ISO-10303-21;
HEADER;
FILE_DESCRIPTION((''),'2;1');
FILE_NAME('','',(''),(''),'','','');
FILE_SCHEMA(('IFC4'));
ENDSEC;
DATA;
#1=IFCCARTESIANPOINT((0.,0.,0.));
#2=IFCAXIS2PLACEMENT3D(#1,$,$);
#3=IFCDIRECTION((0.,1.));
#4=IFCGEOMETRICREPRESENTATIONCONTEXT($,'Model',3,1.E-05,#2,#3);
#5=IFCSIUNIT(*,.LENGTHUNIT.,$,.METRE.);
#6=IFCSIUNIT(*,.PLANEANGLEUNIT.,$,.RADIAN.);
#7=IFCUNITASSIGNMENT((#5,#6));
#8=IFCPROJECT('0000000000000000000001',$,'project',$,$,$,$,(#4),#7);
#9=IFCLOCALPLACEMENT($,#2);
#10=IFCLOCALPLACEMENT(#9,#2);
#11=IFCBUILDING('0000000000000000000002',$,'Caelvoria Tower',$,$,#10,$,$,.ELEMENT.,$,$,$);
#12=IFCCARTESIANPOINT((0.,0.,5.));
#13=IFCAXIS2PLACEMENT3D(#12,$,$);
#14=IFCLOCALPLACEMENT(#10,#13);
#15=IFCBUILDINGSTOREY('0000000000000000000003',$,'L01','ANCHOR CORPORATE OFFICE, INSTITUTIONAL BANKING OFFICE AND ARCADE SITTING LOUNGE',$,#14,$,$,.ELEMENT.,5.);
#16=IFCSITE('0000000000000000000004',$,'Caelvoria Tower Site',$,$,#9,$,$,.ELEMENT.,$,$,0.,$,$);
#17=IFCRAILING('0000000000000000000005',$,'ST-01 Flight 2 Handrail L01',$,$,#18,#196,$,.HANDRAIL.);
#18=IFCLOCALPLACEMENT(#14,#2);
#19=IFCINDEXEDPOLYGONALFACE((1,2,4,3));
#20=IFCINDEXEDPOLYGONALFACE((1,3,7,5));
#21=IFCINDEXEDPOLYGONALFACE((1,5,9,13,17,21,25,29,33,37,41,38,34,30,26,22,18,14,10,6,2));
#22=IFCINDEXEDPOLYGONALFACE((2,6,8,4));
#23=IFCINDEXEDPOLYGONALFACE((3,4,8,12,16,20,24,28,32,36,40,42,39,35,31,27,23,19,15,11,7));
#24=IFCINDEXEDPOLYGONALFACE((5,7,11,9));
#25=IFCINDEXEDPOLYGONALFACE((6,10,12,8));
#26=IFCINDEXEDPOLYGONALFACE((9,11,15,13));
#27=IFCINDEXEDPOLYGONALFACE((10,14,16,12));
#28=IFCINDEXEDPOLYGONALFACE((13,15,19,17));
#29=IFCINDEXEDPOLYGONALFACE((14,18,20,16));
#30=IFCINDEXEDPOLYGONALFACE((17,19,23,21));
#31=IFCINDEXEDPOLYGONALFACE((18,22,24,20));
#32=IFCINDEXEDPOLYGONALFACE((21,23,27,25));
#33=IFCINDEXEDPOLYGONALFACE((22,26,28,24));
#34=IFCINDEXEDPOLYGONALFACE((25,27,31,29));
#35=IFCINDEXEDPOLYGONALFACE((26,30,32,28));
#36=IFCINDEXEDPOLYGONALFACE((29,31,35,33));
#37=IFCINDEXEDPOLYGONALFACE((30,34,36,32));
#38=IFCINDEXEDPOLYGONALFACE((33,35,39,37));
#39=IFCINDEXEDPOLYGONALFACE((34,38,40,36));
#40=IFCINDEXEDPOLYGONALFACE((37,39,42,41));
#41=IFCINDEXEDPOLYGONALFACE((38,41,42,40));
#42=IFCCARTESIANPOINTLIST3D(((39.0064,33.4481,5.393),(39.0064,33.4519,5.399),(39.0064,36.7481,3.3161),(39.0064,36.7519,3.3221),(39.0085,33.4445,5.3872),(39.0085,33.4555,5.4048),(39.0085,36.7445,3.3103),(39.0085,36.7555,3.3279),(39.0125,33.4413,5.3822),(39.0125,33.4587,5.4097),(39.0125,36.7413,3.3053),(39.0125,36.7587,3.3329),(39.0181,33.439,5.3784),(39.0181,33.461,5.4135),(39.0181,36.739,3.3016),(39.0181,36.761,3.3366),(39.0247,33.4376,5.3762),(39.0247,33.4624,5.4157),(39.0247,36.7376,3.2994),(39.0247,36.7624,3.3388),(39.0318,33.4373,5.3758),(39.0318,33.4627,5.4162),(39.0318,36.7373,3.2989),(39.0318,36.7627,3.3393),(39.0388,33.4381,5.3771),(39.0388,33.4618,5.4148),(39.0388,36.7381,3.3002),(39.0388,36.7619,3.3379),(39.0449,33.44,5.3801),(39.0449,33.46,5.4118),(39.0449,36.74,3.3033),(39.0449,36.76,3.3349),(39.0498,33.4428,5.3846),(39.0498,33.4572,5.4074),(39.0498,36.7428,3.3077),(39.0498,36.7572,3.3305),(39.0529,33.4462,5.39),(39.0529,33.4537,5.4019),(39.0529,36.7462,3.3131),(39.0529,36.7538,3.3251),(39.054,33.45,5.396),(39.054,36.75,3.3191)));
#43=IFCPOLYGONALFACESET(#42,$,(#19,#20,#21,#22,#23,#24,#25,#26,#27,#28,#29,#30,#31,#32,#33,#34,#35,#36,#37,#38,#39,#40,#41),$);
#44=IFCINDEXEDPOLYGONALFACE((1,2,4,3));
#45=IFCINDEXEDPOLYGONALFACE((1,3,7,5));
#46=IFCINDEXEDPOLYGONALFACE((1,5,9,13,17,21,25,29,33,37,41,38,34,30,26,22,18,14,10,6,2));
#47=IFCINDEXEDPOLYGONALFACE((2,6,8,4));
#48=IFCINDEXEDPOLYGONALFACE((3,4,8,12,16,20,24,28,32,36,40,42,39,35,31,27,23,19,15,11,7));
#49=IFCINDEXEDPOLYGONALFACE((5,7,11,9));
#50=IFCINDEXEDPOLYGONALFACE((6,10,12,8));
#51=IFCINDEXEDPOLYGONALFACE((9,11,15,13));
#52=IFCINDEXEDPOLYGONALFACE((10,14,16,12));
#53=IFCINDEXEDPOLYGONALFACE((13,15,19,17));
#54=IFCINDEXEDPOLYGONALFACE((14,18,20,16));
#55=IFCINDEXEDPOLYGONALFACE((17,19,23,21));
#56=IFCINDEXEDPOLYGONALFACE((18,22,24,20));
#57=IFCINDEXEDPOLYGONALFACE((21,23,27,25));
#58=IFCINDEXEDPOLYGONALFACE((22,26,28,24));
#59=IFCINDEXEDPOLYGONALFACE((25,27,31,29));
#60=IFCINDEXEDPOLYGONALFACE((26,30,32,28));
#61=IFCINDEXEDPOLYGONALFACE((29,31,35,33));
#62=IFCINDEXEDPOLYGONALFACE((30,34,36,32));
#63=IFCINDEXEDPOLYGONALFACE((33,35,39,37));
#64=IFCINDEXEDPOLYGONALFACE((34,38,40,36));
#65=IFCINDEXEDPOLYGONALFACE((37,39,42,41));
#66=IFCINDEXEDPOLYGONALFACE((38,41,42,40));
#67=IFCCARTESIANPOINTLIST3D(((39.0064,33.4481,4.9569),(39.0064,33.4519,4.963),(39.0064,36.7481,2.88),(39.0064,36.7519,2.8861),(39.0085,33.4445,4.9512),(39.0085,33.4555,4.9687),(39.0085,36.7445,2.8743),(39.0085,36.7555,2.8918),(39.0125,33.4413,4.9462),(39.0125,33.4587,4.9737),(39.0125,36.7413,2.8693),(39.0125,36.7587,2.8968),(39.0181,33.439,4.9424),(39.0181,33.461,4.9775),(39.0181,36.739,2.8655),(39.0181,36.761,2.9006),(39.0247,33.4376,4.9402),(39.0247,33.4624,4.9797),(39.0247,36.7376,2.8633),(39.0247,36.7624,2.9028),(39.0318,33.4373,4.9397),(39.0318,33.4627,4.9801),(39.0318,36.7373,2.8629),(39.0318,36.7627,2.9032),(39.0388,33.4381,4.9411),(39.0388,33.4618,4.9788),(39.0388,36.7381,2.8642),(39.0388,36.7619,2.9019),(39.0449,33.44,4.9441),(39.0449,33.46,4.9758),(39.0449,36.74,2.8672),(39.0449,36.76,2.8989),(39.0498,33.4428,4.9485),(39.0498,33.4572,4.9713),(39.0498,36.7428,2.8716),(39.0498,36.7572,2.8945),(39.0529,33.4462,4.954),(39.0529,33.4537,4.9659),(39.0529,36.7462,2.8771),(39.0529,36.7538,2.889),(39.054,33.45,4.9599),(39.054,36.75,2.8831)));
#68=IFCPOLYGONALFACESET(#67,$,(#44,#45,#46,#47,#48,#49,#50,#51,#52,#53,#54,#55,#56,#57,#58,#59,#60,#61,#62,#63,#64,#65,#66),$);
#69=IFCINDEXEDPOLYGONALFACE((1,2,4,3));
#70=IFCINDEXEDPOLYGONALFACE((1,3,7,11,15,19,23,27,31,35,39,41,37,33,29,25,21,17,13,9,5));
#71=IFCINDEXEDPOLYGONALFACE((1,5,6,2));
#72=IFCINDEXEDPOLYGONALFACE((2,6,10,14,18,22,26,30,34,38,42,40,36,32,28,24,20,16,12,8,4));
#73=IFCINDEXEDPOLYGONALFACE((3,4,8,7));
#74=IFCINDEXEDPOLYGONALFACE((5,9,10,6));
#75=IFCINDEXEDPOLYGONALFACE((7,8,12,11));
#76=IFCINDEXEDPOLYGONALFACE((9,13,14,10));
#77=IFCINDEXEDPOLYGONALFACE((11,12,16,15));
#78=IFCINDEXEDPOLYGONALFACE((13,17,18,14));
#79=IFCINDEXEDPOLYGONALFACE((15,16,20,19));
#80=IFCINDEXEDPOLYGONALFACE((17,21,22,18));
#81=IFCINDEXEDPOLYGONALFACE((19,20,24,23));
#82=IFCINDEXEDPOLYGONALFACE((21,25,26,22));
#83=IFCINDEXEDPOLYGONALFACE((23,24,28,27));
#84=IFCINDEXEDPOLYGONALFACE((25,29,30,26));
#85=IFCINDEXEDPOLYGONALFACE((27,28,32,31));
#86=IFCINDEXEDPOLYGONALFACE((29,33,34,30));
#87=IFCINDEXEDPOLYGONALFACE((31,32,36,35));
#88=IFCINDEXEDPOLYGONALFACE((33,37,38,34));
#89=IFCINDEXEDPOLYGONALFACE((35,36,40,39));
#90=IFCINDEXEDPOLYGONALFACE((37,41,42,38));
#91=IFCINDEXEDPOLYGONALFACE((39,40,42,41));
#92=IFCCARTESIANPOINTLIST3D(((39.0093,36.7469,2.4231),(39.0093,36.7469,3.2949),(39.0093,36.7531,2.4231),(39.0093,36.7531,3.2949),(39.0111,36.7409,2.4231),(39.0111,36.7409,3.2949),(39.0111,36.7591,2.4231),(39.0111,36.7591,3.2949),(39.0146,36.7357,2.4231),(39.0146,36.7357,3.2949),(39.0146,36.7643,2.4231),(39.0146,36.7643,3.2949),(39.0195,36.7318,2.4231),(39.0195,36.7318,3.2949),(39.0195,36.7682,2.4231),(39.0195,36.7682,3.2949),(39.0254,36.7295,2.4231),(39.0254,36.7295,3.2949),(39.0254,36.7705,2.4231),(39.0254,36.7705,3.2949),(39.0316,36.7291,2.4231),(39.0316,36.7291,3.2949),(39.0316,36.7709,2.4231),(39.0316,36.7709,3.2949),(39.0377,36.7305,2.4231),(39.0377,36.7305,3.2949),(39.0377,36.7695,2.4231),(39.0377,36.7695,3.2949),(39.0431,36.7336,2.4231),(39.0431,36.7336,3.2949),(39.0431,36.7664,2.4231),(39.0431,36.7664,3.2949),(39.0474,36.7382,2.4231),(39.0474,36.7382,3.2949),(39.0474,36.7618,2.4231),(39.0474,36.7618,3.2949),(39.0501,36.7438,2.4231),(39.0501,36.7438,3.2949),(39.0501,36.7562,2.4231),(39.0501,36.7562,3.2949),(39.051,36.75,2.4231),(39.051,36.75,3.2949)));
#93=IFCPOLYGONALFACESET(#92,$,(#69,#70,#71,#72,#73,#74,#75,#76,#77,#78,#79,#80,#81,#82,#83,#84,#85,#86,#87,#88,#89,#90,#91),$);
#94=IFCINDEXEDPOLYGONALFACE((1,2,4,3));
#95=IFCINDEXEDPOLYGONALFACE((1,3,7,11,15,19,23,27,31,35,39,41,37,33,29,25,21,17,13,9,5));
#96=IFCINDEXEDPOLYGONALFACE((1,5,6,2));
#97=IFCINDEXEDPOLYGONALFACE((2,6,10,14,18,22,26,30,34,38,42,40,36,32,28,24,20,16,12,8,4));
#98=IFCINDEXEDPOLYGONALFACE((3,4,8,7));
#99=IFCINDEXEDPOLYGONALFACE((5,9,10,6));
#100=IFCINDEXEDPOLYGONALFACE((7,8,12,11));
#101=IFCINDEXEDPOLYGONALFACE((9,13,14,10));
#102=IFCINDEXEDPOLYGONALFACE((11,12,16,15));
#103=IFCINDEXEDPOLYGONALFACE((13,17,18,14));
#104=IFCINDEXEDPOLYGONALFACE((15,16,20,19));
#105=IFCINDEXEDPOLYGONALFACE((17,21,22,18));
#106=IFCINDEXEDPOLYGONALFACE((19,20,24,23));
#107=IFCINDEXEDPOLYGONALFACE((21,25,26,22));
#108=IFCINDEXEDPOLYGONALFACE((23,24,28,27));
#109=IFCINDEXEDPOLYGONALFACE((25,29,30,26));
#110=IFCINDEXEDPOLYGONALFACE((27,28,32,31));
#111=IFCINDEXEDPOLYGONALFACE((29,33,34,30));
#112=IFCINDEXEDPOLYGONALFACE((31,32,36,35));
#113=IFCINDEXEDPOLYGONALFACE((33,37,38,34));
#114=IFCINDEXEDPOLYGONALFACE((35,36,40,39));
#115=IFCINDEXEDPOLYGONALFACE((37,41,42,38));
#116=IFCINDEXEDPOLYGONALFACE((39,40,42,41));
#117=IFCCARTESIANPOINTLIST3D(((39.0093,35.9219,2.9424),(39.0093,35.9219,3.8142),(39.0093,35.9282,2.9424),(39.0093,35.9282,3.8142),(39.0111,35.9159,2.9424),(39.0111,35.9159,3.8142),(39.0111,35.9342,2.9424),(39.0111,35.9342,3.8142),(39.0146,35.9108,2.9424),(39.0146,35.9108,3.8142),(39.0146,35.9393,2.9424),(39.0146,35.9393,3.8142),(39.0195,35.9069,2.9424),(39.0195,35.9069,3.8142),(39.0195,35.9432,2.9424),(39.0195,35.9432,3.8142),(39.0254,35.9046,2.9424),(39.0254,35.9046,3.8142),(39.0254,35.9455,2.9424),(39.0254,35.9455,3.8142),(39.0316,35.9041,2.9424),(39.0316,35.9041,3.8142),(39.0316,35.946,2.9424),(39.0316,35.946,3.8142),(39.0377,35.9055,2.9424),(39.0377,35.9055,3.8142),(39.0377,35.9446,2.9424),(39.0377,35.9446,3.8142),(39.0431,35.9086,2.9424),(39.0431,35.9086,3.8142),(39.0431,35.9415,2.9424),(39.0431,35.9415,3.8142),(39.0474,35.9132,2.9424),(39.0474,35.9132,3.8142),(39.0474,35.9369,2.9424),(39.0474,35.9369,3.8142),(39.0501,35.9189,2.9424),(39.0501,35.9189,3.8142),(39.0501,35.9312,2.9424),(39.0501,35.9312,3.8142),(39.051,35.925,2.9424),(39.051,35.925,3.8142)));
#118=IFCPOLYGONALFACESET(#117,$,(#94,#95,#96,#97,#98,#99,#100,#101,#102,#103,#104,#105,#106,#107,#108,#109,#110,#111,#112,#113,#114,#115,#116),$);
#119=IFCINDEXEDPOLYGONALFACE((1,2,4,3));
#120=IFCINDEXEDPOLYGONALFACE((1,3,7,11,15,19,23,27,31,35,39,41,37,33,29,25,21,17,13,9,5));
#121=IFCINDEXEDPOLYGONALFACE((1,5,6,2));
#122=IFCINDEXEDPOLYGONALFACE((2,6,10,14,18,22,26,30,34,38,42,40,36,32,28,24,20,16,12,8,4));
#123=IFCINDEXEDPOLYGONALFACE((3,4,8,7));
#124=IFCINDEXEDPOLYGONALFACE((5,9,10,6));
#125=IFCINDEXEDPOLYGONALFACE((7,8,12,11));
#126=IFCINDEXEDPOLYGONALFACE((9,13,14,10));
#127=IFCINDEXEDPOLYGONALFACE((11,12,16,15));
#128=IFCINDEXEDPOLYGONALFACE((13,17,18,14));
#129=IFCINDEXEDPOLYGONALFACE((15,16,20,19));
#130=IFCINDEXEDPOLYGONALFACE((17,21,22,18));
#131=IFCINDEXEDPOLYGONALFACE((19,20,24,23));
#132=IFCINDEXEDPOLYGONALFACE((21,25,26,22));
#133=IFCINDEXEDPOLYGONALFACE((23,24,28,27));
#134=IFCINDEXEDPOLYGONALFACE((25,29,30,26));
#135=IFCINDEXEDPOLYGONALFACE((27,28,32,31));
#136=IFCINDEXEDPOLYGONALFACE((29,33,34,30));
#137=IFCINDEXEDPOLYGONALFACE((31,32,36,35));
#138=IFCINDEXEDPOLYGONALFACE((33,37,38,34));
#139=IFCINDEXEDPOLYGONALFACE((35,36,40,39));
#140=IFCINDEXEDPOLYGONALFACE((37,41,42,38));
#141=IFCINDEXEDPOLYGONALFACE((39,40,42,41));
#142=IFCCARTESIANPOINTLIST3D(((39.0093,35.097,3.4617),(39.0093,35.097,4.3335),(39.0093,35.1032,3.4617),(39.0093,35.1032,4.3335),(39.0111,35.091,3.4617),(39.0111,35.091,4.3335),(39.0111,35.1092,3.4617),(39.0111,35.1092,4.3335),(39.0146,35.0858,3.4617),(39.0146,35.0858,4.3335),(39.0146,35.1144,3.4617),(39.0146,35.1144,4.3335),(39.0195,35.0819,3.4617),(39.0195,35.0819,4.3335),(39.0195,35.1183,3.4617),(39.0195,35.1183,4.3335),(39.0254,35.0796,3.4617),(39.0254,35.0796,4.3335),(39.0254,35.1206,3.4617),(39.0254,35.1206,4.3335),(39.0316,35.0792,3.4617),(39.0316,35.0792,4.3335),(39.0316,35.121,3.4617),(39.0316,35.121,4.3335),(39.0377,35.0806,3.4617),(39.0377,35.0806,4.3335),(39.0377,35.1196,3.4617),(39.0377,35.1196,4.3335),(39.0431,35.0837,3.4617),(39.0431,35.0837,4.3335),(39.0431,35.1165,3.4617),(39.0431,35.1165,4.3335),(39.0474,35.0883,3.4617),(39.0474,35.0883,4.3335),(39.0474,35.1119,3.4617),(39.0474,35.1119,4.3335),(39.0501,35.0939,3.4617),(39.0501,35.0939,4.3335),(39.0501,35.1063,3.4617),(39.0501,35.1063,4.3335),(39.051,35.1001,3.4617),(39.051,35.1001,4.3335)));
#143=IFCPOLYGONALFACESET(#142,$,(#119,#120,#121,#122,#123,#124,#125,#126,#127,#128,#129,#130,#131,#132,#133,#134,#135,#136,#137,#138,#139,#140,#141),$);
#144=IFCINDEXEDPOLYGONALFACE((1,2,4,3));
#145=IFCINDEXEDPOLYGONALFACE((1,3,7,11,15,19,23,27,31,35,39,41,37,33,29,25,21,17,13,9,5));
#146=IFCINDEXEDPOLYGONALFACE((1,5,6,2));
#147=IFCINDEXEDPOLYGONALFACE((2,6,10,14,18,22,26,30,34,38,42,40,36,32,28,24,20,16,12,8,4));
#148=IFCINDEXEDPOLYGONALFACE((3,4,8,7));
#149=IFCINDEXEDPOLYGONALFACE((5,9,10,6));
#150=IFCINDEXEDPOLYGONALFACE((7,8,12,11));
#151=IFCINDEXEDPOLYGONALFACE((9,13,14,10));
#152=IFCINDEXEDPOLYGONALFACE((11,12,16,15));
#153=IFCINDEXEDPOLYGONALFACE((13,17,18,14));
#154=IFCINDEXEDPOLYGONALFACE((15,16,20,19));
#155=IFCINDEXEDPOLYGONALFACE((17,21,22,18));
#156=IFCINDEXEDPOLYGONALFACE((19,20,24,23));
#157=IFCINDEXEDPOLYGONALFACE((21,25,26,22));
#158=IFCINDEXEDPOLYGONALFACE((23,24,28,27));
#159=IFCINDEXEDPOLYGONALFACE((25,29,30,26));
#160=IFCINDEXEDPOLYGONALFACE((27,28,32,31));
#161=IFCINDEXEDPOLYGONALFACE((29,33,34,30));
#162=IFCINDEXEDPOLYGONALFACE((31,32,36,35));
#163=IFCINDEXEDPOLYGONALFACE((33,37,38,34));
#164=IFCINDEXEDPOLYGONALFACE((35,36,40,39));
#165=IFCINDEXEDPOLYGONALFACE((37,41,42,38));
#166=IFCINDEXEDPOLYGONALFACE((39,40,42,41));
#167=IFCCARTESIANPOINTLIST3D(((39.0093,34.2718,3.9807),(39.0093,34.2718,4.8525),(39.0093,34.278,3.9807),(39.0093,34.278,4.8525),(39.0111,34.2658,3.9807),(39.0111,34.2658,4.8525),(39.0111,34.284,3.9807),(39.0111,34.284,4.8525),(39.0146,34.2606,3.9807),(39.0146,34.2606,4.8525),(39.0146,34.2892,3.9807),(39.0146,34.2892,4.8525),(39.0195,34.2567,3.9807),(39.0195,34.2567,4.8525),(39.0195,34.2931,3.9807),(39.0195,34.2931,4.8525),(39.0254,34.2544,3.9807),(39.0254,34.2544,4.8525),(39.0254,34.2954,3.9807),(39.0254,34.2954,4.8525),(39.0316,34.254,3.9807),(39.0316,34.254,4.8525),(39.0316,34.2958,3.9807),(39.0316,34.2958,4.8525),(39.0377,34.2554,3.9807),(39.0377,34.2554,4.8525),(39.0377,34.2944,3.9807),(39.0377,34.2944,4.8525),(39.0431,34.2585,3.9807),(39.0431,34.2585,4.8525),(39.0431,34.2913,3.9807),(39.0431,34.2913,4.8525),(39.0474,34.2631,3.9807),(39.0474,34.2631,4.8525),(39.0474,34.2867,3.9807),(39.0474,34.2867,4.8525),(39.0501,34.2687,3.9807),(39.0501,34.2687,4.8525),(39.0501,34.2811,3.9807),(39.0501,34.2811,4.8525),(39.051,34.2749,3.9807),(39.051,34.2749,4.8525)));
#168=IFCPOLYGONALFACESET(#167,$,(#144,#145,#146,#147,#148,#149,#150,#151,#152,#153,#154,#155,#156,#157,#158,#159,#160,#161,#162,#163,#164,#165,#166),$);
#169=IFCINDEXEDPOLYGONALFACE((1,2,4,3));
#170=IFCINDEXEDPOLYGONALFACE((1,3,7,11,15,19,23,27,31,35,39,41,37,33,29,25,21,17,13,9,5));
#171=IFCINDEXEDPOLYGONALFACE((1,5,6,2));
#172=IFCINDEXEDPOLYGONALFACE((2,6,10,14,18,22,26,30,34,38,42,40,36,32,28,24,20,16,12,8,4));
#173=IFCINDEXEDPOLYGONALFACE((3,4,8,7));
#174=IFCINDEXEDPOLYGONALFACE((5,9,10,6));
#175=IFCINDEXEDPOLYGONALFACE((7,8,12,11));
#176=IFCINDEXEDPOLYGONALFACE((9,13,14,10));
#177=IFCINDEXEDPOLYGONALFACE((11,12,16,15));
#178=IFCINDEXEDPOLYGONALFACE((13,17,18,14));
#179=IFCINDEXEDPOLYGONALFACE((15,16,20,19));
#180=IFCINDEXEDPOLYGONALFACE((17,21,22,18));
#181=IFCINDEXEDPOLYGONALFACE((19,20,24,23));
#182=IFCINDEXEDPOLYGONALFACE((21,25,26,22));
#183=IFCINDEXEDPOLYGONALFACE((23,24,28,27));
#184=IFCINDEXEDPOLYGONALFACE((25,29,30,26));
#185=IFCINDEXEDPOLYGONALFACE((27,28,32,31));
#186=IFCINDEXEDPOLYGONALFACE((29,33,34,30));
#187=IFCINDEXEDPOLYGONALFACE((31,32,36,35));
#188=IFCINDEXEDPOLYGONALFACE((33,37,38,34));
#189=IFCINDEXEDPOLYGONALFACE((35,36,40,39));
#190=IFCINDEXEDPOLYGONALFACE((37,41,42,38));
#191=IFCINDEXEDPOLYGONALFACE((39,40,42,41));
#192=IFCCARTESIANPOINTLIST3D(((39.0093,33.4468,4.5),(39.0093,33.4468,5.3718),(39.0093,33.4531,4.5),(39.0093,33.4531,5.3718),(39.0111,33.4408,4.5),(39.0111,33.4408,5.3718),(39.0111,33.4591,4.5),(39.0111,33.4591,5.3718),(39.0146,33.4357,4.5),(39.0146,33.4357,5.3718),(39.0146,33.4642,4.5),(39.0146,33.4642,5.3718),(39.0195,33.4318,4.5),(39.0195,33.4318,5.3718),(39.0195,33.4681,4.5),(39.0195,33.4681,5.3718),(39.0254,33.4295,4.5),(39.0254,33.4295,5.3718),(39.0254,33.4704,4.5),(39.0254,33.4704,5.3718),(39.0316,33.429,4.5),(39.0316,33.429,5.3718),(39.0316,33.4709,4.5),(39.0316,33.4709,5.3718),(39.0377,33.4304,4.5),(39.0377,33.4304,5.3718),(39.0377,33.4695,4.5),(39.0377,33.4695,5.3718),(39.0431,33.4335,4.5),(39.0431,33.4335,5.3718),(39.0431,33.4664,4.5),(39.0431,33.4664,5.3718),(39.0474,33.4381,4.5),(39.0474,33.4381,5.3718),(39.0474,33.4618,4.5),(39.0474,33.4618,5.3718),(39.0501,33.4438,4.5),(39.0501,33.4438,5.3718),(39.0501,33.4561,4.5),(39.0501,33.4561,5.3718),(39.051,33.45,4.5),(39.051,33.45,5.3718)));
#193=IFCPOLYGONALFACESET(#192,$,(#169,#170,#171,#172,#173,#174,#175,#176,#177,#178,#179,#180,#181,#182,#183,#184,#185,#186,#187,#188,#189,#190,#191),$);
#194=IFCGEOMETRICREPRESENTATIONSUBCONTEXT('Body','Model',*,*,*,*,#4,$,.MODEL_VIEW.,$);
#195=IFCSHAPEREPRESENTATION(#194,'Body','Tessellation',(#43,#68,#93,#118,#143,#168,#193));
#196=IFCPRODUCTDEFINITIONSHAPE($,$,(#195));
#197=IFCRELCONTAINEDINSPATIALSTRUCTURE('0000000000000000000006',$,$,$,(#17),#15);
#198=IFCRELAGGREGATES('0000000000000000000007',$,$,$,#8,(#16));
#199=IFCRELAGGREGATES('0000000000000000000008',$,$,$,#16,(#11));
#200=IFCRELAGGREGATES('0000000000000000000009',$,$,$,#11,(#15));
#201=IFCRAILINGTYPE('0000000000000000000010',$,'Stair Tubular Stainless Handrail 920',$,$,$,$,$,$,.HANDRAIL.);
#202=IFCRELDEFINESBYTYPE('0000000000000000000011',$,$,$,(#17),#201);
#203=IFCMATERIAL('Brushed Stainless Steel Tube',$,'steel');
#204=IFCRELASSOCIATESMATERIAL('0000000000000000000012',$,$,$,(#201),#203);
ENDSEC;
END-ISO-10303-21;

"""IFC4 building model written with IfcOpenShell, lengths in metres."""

from ifc_helpers import new_model, si_unit, direction, frame, origin, origin_2d, place, context, subcontext, project, spatial, circle, extrude, material, type_object, element, save


model = new_model("IFC4")

# Units and contexts
model_context = context("Model", 3, precision=1e-05, world=origin(), true_north=direction((0.0, 1.0)))
body_context = subcontext(model_context, "Body", "Model", "MODEL_VIEW")
ifc_project = project(units=[si_unit("LENGTHUNIT", "METRE"), si_unit("PLANEANGLEUNIT", "RADIAN")], contexts=[model_context])

# Site, building, storey
site_placement = place(None, origin())
site = spatial("IfcSite", under=ifc_project, at=site_placement, Name="Caelvoria Tower Site", CompositionType="ELEMENT", RefElevation=0.0)
building_placement = place(site_placement, origin())
building = spatial("IfcBuilding", under=site, at=building_placement, Name="Caelvoria Tower", CompositionType="ELEMENT")
storey_placement = place(building_placement, frame((0.0, 0.0, 5.0)))
storey = spatial("IfcBuildingStorey", under=building, at=storey_placement, Name="L01", Description="ANCHOR CORPORATE OFFICE, INSTITUTIONAL BANKING OFFICE AND ARCADE SITTING LOUNGE", CompositionType="ELEMENT", Elevation=5.0)

# Railing
ifc_material_1 = material(Name="Brushed Stainless Steel Tube", Category="steel")
railing_type_1 = type_object("IfcRailingType", Name="Stair Tubular Stainless Handrail 920", PredefinedType="HANDRAIL", material=ifc_material_1)
railing_1_placement = place(storey_placement, frame((39.03, 36.75, 2.4231)))
element("IfcRailing", 1, at=railing_1_placement, inside=storey, type_object=railing_type_1, Name="ST-01 Flight 2 Handrail L01", PredefinedType="HANDRAIL", context=body_context, shape_type="SweptSolid", body=[
    extrude(circle(Radius=0.0239, at=origin_2d()), frame((0.0, 0.0, 0.896), z_axis=(0.0, -0.846337, 0.532647), x_axis=(1.0, 0.0, 0.0)), (0.0, 0.0, 1.0), 3.8992),
    extrude(circle(Radius=0.0239, at=origin_2d()), frame((0.0, 0.0, 0.46), z_axis=(0.0, -0.846337, 0.532647), x_axis=(1.0, 0.0, 0.0)), (0.0, 0.0, 1.0), 3.8992),
    extrude(circle(Radius=0.021, at=origin_2d()), origin(), (0.0, 0.0, 1.0), 0.8718),
    extrude(circle(Radius=0.021, at=origin_2d()), frame((0.0, -0.825, 0.5193)), (0.0, 0.0, 1.0), 0.8718),
    extrude(circle(Radius=0.021, at=origin_2d()), frame((0.0, -1.6499, 1.0386)), (0.0, 0.0, 1.0), 0.8718),
    extrude(circle(Radius=0.021, at=origin_2d()), frame((0.0, -2.4751, 1.5576)), (0.0, 0.0, 1.0), 0.8718),
    extrude(circle(Radius=0.021, at=origin_2d()), frame((0.0, -3.3, 2.0769)), (0.0, 0.0, 1.0), 0.8718),
])

save(model, "model.ifc")
